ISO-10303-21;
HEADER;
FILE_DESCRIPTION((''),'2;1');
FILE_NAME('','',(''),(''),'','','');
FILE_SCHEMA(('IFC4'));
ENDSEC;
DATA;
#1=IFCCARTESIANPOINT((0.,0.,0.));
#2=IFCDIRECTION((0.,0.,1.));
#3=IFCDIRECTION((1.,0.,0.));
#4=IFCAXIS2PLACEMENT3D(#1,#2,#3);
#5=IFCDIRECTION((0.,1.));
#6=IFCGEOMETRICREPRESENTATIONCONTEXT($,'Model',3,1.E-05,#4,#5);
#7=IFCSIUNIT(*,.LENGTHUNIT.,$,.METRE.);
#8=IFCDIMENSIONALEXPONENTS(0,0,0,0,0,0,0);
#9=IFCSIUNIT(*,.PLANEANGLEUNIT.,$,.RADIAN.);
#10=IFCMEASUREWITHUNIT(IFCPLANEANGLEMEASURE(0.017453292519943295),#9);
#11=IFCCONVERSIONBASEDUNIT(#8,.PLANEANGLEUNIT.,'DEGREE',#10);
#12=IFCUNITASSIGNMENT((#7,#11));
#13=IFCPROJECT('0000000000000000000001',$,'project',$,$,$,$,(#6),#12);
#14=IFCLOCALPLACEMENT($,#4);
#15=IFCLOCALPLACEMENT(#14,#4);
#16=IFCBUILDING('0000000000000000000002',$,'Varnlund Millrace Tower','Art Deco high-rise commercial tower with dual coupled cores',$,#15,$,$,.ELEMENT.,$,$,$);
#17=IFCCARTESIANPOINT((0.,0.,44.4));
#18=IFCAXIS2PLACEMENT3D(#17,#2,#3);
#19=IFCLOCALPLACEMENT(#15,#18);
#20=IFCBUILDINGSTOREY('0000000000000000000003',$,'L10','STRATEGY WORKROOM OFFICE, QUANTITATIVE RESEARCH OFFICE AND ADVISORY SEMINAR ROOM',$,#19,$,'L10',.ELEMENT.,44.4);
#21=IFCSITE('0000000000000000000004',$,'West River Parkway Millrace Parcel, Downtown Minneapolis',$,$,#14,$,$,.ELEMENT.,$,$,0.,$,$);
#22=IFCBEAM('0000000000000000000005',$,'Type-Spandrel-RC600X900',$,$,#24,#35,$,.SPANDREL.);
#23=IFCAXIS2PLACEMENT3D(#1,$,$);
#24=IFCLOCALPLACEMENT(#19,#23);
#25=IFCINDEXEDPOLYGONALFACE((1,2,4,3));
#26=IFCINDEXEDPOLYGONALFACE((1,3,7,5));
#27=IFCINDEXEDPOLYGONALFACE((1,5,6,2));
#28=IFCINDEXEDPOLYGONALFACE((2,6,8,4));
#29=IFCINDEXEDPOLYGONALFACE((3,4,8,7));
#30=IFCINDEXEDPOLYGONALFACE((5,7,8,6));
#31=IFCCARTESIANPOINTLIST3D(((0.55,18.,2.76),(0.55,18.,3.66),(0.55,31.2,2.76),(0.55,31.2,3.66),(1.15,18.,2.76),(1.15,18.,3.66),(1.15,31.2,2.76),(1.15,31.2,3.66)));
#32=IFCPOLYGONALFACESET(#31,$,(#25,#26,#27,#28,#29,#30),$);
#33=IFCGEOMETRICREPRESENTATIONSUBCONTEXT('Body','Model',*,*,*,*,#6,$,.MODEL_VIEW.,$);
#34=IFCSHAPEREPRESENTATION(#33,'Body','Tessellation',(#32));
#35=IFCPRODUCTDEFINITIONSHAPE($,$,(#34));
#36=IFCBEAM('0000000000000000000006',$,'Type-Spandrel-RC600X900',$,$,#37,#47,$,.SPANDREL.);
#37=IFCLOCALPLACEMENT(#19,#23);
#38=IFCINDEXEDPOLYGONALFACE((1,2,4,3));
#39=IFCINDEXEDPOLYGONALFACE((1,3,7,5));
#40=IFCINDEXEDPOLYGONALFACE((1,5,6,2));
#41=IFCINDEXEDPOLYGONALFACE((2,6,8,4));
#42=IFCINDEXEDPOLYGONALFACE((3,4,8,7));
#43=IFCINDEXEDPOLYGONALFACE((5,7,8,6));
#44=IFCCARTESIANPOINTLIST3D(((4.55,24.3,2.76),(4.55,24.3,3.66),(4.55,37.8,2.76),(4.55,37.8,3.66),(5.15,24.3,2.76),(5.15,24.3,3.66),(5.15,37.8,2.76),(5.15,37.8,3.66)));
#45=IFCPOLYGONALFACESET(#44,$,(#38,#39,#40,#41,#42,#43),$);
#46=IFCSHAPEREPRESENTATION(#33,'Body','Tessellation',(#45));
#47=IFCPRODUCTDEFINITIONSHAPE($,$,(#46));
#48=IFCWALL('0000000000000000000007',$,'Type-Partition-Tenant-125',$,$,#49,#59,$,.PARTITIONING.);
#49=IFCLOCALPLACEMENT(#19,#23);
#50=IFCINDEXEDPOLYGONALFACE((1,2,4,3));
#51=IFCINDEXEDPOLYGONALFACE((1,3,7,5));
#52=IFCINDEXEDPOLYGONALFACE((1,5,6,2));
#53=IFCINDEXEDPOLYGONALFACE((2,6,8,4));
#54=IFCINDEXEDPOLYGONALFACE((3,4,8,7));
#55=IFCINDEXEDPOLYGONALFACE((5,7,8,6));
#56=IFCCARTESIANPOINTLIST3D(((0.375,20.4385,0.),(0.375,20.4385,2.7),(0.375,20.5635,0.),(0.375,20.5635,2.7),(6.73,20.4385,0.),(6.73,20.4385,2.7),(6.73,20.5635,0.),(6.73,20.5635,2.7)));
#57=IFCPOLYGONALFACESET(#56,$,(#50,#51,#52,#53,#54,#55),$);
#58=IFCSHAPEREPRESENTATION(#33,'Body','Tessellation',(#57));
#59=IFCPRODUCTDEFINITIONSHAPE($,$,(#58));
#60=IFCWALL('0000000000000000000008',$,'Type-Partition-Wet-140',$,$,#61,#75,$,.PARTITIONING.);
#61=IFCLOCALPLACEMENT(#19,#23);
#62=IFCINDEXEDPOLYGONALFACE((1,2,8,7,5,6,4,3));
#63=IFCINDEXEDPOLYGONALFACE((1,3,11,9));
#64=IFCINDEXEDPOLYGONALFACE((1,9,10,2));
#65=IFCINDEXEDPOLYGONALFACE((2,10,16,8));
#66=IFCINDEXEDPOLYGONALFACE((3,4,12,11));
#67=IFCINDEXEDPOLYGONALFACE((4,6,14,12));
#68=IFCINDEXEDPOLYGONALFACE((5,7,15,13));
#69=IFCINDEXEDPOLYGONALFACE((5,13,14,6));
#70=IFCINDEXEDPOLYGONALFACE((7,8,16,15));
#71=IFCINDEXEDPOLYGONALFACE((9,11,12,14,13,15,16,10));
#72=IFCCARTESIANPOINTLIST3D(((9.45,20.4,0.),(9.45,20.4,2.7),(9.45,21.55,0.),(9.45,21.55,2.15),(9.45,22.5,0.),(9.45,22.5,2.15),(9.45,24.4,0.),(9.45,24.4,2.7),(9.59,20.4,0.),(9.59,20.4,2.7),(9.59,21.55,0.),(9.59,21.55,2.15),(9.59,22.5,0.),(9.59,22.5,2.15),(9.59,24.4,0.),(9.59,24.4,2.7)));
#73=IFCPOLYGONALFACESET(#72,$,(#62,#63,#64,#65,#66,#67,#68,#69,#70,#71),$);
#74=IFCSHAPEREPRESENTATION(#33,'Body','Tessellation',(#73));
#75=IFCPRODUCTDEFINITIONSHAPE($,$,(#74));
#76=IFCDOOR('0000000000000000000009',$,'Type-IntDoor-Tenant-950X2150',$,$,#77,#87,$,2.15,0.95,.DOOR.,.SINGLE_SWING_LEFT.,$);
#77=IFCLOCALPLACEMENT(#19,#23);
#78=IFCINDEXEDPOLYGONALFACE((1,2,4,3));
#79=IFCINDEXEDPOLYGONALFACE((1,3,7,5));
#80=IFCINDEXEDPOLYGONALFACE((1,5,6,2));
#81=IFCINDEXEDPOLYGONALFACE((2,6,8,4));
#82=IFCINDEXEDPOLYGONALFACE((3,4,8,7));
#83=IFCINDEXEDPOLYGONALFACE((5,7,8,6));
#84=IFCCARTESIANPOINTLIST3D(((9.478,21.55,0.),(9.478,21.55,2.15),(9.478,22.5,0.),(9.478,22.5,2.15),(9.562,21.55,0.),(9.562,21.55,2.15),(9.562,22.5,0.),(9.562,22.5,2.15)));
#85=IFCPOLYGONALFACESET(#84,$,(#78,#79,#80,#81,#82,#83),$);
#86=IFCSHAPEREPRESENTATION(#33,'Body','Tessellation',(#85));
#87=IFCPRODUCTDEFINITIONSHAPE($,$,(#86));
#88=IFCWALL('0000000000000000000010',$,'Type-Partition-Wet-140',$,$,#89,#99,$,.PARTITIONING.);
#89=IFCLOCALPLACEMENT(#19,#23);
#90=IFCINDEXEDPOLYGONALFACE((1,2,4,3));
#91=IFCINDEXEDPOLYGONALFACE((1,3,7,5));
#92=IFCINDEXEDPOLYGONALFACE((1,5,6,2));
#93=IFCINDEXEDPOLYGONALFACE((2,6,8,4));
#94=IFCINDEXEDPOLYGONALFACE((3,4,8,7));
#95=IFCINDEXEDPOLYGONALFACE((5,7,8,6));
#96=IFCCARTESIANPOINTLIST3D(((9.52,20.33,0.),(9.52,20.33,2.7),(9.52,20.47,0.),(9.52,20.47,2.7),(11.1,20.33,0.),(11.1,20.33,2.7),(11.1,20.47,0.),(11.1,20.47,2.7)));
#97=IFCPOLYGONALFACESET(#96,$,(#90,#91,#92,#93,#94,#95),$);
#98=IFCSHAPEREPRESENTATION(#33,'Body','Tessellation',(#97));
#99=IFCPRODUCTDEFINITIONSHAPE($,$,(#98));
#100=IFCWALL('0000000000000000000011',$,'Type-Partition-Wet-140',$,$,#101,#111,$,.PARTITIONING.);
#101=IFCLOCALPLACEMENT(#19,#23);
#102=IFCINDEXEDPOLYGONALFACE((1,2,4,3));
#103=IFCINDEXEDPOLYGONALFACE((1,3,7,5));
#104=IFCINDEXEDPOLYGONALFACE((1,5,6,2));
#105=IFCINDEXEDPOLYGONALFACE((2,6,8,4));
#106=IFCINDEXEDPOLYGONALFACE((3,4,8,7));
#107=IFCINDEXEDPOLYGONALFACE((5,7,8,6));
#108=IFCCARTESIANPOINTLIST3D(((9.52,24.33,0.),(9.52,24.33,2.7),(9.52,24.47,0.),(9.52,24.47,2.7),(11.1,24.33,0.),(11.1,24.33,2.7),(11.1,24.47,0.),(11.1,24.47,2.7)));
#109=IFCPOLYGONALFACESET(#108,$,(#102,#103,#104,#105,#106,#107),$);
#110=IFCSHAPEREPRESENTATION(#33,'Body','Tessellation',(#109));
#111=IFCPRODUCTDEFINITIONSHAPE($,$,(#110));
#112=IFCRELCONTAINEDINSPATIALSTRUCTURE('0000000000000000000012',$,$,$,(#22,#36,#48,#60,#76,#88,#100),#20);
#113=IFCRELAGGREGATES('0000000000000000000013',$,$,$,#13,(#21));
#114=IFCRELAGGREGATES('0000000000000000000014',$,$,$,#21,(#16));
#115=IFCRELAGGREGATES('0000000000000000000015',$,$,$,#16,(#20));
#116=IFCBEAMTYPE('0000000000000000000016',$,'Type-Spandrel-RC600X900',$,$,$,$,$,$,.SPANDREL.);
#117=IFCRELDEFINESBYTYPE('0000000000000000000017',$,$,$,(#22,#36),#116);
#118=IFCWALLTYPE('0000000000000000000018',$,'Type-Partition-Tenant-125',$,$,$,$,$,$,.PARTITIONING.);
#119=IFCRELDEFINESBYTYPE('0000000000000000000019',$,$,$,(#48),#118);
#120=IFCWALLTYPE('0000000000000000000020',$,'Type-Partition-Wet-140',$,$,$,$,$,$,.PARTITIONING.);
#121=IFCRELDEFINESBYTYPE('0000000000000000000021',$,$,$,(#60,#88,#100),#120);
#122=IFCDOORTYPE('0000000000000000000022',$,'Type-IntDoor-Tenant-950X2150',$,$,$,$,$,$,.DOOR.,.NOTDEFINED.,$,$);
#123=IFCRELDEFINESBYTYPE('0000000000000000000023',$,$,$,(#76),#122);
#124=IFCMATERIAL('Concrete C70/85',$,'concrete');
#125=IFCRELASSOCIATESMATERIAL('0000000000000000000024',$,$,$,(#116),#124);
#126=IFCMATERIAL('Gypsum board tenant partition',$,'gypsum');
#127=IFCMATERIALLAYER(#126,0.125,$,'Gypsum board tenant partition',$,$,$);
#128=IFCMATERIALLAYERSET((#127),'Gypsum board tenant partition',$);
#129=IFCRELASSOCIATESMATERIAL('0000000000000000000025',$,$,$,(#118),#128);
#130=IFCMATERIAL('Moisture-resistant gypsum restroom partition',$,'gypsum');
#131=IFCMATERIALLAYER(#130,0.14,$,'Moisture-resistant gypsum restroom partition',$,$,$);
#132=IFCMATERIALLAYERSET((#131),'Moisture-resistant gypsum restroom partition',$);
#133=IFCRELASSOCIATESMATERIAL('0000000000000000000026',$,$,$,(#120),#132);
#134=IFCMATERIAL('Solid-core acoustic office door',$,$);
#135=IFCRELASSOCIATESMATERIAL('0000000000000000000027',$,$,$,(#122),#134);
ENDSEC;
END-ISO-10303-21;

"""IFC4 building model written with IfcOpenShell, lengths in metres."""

from ifc_helpers import new_model, entity, si_unit, converted_unit, direction, frame, origin_with_axes, origin_2d_with_axis, place, context, subcontext, project, spatial, polyline, rectangle, outline, extrude, material, layer, layer_set, material_profile, profile_set, type_object, element, fill, save


model = new_model("IFC4")

# Units and contexts
model_context = context("Model", 3, precision=1e-05, world=origin_with_axes(), true_north=direction((0.0, 1.0)))
body_context = subcontext(model_context, "Body", "Model", "MODEL_VIEW")
ifc_project = project(units=[si_unit("LENGTHUNIT", "METRE"), converted_unit("PLANEANGLEUNIT", "DEGREE", entity("IfcPlaneAngleMeasure", 0.017453292519943295), si_unit("PLANEANGLEUNIT", "RADIAN"), dimensions=[0, 0, 0, 0, 0, 0, 0])], contexts=[model_context])

# Site, building, storey
site_placement = place(None, origin_with_axes())
site = spatial("IfcSite", under=ifc_project, at=site_placement, Name="West River Parkway Millrace Parcel, Downtown Minneapolis", CompositionType="ELEMENT", RefElevation=0.0)
building_placement = place(site_placement, origin_with_axes())
building = spatial("IfcBuilding", under=site, at=building_placement, Name="Varnlund Millrace Tower", Description="Art Deco high-rise commercial tower with dual coupled cores", CompositionType="ELEMENT")
storey_placement = place(building_placement, frame((0.0, 0.0, 44.4), z_axis=(0.0, 0.0, 1.0), x_axis=(1.0, 0.0, 0.0)))
storey = spatial("IfcBuildingStorey", under=building, at=storey_placement, Name="L10", Description="STRATEGY WORKROOM OFFICE, QUANTITATIVE RESEARCH OFFICE AND ADVISORY SEMINAR ROOM", LongName="L10", CompositionType="ELEMENT", Elevation=44.4)

# Beams
ifc_material_1 = material(Name="Concrete C70/85", Category="concrete")
ifc_material_profile_1 = material_profile(ifc_material_1, rectangle(XDim=0.6, YDim=0.9, at=origin_2d_with_axis()), Name="Concrete C70/85")
ifc_profile_set_1 = profile_set([ifc_material_profile_1], Name="Concrete C70/85")
beam_type_1 = type_object("IfcBeamType", Name="Type-Spandrel-RC600X900", PredefinedType="SPANDREL", material=ifc_profile_set_1)
beam_1_placement = place(storey_placement, frame((0.85, 18.0, 3.21), z_axis=(0.0, 1.0, 0.0), x_axis=(-1.0, 0.0, 0.0)))
element("IfcBeam", 1, at=beam_1_placement, inside=storey, type_object=beam_type_1, Name="Type-Spandrel-RC600X900", PredefinedType="SPANDREL", context=body_context, shape_type="SweptSolid", body=[
    extrude(rectangle(XDim=0.6, YDim=0.9, at=origin_2d_with_axis()), origin_with_axes(), (0.0, 0.0, 1.0), 13.2),
])
beam_2_placement = place(storey_placement, frame((4.85, 24.3, 3.21), z_axis=(0.0, 1.0, 0.0), x_axis=(-1.0, 0.0, 0.0)))
element("IfcBeam", 2, at=beam_2_placement, inside=storey, type_object=beam_type_1, Name="Type-Spandrel-RC600X900", PredefinedType="SPANDREL", context=body_context, shape_type="SweptSolid", body=[
    extrude(rectangle(XDim=0.6, YDim=0.9, at=origin_2d_with_axis()), origin_with_axes(), (0.0, 0.0, 1.0), 13.5),
])

# Wall
ifc_material_2 = material(Name="Gypsum board tenant partition", Category="gypsum")
ifc_layer_1 = layer(ifc_material_2, 0.125, Name="Gypsum board tenant partition")
ifc_layer_set_1 = layer_set([ifc_layer_1], Name="Gypsum board tenant partition")
wall_type_1 = type_object("IfcWallType", Name="Type-Partition-Tenant-125", PredefinedType="PARTITIONING", material=ifc_layer_set_1)
wall_1_placement = place(storey_placement, frame((0.375, 20.501, 0.0), z_axis=(0.0, 0.0, 1.0), x_axis=(1.0, 0.0, 0.0)))
element("IfcWall", 3, at=wall_1_placement, inside=storey, type_object=wall_type_1, Name="Type-Partition-Tenant-125", PredefinedType="PARTITIONING", context=body_context, shape_type="SweptSolid", body=[
    extrude(outline(polyline([(0.0, -0.0625), (6.355, -0.0625), (6.355, 0.0625), (0.0, 0.0625), (0.0, -0.0625)])), origin_with_axes(), (0.0, 0.0, 1.0), 2.7),
])

# Wall, opening, door
ifc_material_3 = material(Name="Moisture-resistant gypsum restroom partition", Category="gypsum")
ifc_layer_2 = layer(ifc_material_3, 0.14, Name="Moisture-resistant gypsum restroom partition")
ifc_layer_set_2 = layer_set([ifc_layer_2], Name="Moisture-resistant gypsum restroom partition")
wall_type_2 = type_object("IfcWallType", Name="Type-Partition-Wet-140", PredefinedType="PARTITIONING", material=ifc_layer_set_2)
wall_2_placement = place(storey_placement, frame((9.52, 20.4, 0.0), z_axis=(0.0, 0.0, 1.0), x_axis=(0.0, 1.0, 0.0)))
wall_2 = element("IfcWall", 4, at=wall_2_placement, inside=storey, type_object=wall_type_2, Name="Type-Partition-Wet-140", PredefinedType="PARTITIONING", context=body_context, shape_type="SweptSolid", body=[
    extrude(outline(polyline([(0.0, -0.07), (4.0, -0.07), (4.0, 0.07), (0.0, 0.07), (0.0, -0.07)])), origin_with_axes(), (0.0, 0.0, 1.0), 2.7),
])
opening_placement = place(wall_2_placement, frame((1.625, 0.0, 0.0), z_axis=(0.0, 0.0, 1.0), x_axis=(1.0, 0.0, 0.0)))
opening = element("IfcOpeningElement", 5, at=opening_placement, cuts=wall_2, PredefinedType="OPENING", context=body_context, shape_type="SweptSolid", body=[
    extrude(rectangle(XDim=0.95, YDim=0.16, at=origin_2d_with_axis()), origin_with_axes(), (0.0, 0.0, 1.0), 2.15),
])
ifc_material_4 = material(Name="Solid-core acoustic office door")
door_type = type_object("IfcDoorType", Name="Type-IntDoor-Tenant-950X2150", OperationType="NOTDEFINED", PredefinedType="DOOR", material=ifc_material_4)
door_placement = place(wall_2_placement, frame((1.625, 0.0, 0.0), z_axis=(0.0, 0.0, 1.0), x_axis=(1.0, 0.0, 0.0)))
door = element("IfcDoor", 6, at=door_placement, inside=storey, type_object=door_type, Name="Type-IntDoor-Tenant-950X2150", OperationType="SINGLE_SWING_LEFT", OverallHeight=2.15, OverallWidth=0.95, PredefinedType="DOOR", context=body_context, shape_type="SweptSolid", body=[
    extrude(rectangle(XDim=0.95, YDim=0.084, at=origin_2d_with_axis()), origin_with_axes(), (0.0, 0.0, 1.0), 2.15),
])
fill(opening, door)

# Walls
for number, where, z_axis, x_axis, name in (
    (7, (9.52, 20.4, 0.0), (0.0, 0.0, 1.0), (1.0, 0.0, 0.0), "Type-Partition-Wet-140"),
    (8, (9.52, 24.4, 0.0), (0.0, 0.0, 1.0), (1.0, 0.0, 0.0), "Type-Partition-Wet-140"),
):
    element("IfcWall", number, at=place(storey_placement, frame(where, z_axis=z_axis, x_axis=x_axis)), inside=storey, type_object=wall_type_2, Name=name, PredefinedType="PARTITIONING", context=body_context, shape_type="SweptSolid", body=[
        extrude(outline(polyline([(0.0, -0.07), (1.58, -0.07), (1.58, 0.07), (0.0, 0.07), (0.0, -0.07)])), origin_with_axes(), (0.0, 0.0, 1.0), 2.7),
    ])

save(model, "model.ifc")
